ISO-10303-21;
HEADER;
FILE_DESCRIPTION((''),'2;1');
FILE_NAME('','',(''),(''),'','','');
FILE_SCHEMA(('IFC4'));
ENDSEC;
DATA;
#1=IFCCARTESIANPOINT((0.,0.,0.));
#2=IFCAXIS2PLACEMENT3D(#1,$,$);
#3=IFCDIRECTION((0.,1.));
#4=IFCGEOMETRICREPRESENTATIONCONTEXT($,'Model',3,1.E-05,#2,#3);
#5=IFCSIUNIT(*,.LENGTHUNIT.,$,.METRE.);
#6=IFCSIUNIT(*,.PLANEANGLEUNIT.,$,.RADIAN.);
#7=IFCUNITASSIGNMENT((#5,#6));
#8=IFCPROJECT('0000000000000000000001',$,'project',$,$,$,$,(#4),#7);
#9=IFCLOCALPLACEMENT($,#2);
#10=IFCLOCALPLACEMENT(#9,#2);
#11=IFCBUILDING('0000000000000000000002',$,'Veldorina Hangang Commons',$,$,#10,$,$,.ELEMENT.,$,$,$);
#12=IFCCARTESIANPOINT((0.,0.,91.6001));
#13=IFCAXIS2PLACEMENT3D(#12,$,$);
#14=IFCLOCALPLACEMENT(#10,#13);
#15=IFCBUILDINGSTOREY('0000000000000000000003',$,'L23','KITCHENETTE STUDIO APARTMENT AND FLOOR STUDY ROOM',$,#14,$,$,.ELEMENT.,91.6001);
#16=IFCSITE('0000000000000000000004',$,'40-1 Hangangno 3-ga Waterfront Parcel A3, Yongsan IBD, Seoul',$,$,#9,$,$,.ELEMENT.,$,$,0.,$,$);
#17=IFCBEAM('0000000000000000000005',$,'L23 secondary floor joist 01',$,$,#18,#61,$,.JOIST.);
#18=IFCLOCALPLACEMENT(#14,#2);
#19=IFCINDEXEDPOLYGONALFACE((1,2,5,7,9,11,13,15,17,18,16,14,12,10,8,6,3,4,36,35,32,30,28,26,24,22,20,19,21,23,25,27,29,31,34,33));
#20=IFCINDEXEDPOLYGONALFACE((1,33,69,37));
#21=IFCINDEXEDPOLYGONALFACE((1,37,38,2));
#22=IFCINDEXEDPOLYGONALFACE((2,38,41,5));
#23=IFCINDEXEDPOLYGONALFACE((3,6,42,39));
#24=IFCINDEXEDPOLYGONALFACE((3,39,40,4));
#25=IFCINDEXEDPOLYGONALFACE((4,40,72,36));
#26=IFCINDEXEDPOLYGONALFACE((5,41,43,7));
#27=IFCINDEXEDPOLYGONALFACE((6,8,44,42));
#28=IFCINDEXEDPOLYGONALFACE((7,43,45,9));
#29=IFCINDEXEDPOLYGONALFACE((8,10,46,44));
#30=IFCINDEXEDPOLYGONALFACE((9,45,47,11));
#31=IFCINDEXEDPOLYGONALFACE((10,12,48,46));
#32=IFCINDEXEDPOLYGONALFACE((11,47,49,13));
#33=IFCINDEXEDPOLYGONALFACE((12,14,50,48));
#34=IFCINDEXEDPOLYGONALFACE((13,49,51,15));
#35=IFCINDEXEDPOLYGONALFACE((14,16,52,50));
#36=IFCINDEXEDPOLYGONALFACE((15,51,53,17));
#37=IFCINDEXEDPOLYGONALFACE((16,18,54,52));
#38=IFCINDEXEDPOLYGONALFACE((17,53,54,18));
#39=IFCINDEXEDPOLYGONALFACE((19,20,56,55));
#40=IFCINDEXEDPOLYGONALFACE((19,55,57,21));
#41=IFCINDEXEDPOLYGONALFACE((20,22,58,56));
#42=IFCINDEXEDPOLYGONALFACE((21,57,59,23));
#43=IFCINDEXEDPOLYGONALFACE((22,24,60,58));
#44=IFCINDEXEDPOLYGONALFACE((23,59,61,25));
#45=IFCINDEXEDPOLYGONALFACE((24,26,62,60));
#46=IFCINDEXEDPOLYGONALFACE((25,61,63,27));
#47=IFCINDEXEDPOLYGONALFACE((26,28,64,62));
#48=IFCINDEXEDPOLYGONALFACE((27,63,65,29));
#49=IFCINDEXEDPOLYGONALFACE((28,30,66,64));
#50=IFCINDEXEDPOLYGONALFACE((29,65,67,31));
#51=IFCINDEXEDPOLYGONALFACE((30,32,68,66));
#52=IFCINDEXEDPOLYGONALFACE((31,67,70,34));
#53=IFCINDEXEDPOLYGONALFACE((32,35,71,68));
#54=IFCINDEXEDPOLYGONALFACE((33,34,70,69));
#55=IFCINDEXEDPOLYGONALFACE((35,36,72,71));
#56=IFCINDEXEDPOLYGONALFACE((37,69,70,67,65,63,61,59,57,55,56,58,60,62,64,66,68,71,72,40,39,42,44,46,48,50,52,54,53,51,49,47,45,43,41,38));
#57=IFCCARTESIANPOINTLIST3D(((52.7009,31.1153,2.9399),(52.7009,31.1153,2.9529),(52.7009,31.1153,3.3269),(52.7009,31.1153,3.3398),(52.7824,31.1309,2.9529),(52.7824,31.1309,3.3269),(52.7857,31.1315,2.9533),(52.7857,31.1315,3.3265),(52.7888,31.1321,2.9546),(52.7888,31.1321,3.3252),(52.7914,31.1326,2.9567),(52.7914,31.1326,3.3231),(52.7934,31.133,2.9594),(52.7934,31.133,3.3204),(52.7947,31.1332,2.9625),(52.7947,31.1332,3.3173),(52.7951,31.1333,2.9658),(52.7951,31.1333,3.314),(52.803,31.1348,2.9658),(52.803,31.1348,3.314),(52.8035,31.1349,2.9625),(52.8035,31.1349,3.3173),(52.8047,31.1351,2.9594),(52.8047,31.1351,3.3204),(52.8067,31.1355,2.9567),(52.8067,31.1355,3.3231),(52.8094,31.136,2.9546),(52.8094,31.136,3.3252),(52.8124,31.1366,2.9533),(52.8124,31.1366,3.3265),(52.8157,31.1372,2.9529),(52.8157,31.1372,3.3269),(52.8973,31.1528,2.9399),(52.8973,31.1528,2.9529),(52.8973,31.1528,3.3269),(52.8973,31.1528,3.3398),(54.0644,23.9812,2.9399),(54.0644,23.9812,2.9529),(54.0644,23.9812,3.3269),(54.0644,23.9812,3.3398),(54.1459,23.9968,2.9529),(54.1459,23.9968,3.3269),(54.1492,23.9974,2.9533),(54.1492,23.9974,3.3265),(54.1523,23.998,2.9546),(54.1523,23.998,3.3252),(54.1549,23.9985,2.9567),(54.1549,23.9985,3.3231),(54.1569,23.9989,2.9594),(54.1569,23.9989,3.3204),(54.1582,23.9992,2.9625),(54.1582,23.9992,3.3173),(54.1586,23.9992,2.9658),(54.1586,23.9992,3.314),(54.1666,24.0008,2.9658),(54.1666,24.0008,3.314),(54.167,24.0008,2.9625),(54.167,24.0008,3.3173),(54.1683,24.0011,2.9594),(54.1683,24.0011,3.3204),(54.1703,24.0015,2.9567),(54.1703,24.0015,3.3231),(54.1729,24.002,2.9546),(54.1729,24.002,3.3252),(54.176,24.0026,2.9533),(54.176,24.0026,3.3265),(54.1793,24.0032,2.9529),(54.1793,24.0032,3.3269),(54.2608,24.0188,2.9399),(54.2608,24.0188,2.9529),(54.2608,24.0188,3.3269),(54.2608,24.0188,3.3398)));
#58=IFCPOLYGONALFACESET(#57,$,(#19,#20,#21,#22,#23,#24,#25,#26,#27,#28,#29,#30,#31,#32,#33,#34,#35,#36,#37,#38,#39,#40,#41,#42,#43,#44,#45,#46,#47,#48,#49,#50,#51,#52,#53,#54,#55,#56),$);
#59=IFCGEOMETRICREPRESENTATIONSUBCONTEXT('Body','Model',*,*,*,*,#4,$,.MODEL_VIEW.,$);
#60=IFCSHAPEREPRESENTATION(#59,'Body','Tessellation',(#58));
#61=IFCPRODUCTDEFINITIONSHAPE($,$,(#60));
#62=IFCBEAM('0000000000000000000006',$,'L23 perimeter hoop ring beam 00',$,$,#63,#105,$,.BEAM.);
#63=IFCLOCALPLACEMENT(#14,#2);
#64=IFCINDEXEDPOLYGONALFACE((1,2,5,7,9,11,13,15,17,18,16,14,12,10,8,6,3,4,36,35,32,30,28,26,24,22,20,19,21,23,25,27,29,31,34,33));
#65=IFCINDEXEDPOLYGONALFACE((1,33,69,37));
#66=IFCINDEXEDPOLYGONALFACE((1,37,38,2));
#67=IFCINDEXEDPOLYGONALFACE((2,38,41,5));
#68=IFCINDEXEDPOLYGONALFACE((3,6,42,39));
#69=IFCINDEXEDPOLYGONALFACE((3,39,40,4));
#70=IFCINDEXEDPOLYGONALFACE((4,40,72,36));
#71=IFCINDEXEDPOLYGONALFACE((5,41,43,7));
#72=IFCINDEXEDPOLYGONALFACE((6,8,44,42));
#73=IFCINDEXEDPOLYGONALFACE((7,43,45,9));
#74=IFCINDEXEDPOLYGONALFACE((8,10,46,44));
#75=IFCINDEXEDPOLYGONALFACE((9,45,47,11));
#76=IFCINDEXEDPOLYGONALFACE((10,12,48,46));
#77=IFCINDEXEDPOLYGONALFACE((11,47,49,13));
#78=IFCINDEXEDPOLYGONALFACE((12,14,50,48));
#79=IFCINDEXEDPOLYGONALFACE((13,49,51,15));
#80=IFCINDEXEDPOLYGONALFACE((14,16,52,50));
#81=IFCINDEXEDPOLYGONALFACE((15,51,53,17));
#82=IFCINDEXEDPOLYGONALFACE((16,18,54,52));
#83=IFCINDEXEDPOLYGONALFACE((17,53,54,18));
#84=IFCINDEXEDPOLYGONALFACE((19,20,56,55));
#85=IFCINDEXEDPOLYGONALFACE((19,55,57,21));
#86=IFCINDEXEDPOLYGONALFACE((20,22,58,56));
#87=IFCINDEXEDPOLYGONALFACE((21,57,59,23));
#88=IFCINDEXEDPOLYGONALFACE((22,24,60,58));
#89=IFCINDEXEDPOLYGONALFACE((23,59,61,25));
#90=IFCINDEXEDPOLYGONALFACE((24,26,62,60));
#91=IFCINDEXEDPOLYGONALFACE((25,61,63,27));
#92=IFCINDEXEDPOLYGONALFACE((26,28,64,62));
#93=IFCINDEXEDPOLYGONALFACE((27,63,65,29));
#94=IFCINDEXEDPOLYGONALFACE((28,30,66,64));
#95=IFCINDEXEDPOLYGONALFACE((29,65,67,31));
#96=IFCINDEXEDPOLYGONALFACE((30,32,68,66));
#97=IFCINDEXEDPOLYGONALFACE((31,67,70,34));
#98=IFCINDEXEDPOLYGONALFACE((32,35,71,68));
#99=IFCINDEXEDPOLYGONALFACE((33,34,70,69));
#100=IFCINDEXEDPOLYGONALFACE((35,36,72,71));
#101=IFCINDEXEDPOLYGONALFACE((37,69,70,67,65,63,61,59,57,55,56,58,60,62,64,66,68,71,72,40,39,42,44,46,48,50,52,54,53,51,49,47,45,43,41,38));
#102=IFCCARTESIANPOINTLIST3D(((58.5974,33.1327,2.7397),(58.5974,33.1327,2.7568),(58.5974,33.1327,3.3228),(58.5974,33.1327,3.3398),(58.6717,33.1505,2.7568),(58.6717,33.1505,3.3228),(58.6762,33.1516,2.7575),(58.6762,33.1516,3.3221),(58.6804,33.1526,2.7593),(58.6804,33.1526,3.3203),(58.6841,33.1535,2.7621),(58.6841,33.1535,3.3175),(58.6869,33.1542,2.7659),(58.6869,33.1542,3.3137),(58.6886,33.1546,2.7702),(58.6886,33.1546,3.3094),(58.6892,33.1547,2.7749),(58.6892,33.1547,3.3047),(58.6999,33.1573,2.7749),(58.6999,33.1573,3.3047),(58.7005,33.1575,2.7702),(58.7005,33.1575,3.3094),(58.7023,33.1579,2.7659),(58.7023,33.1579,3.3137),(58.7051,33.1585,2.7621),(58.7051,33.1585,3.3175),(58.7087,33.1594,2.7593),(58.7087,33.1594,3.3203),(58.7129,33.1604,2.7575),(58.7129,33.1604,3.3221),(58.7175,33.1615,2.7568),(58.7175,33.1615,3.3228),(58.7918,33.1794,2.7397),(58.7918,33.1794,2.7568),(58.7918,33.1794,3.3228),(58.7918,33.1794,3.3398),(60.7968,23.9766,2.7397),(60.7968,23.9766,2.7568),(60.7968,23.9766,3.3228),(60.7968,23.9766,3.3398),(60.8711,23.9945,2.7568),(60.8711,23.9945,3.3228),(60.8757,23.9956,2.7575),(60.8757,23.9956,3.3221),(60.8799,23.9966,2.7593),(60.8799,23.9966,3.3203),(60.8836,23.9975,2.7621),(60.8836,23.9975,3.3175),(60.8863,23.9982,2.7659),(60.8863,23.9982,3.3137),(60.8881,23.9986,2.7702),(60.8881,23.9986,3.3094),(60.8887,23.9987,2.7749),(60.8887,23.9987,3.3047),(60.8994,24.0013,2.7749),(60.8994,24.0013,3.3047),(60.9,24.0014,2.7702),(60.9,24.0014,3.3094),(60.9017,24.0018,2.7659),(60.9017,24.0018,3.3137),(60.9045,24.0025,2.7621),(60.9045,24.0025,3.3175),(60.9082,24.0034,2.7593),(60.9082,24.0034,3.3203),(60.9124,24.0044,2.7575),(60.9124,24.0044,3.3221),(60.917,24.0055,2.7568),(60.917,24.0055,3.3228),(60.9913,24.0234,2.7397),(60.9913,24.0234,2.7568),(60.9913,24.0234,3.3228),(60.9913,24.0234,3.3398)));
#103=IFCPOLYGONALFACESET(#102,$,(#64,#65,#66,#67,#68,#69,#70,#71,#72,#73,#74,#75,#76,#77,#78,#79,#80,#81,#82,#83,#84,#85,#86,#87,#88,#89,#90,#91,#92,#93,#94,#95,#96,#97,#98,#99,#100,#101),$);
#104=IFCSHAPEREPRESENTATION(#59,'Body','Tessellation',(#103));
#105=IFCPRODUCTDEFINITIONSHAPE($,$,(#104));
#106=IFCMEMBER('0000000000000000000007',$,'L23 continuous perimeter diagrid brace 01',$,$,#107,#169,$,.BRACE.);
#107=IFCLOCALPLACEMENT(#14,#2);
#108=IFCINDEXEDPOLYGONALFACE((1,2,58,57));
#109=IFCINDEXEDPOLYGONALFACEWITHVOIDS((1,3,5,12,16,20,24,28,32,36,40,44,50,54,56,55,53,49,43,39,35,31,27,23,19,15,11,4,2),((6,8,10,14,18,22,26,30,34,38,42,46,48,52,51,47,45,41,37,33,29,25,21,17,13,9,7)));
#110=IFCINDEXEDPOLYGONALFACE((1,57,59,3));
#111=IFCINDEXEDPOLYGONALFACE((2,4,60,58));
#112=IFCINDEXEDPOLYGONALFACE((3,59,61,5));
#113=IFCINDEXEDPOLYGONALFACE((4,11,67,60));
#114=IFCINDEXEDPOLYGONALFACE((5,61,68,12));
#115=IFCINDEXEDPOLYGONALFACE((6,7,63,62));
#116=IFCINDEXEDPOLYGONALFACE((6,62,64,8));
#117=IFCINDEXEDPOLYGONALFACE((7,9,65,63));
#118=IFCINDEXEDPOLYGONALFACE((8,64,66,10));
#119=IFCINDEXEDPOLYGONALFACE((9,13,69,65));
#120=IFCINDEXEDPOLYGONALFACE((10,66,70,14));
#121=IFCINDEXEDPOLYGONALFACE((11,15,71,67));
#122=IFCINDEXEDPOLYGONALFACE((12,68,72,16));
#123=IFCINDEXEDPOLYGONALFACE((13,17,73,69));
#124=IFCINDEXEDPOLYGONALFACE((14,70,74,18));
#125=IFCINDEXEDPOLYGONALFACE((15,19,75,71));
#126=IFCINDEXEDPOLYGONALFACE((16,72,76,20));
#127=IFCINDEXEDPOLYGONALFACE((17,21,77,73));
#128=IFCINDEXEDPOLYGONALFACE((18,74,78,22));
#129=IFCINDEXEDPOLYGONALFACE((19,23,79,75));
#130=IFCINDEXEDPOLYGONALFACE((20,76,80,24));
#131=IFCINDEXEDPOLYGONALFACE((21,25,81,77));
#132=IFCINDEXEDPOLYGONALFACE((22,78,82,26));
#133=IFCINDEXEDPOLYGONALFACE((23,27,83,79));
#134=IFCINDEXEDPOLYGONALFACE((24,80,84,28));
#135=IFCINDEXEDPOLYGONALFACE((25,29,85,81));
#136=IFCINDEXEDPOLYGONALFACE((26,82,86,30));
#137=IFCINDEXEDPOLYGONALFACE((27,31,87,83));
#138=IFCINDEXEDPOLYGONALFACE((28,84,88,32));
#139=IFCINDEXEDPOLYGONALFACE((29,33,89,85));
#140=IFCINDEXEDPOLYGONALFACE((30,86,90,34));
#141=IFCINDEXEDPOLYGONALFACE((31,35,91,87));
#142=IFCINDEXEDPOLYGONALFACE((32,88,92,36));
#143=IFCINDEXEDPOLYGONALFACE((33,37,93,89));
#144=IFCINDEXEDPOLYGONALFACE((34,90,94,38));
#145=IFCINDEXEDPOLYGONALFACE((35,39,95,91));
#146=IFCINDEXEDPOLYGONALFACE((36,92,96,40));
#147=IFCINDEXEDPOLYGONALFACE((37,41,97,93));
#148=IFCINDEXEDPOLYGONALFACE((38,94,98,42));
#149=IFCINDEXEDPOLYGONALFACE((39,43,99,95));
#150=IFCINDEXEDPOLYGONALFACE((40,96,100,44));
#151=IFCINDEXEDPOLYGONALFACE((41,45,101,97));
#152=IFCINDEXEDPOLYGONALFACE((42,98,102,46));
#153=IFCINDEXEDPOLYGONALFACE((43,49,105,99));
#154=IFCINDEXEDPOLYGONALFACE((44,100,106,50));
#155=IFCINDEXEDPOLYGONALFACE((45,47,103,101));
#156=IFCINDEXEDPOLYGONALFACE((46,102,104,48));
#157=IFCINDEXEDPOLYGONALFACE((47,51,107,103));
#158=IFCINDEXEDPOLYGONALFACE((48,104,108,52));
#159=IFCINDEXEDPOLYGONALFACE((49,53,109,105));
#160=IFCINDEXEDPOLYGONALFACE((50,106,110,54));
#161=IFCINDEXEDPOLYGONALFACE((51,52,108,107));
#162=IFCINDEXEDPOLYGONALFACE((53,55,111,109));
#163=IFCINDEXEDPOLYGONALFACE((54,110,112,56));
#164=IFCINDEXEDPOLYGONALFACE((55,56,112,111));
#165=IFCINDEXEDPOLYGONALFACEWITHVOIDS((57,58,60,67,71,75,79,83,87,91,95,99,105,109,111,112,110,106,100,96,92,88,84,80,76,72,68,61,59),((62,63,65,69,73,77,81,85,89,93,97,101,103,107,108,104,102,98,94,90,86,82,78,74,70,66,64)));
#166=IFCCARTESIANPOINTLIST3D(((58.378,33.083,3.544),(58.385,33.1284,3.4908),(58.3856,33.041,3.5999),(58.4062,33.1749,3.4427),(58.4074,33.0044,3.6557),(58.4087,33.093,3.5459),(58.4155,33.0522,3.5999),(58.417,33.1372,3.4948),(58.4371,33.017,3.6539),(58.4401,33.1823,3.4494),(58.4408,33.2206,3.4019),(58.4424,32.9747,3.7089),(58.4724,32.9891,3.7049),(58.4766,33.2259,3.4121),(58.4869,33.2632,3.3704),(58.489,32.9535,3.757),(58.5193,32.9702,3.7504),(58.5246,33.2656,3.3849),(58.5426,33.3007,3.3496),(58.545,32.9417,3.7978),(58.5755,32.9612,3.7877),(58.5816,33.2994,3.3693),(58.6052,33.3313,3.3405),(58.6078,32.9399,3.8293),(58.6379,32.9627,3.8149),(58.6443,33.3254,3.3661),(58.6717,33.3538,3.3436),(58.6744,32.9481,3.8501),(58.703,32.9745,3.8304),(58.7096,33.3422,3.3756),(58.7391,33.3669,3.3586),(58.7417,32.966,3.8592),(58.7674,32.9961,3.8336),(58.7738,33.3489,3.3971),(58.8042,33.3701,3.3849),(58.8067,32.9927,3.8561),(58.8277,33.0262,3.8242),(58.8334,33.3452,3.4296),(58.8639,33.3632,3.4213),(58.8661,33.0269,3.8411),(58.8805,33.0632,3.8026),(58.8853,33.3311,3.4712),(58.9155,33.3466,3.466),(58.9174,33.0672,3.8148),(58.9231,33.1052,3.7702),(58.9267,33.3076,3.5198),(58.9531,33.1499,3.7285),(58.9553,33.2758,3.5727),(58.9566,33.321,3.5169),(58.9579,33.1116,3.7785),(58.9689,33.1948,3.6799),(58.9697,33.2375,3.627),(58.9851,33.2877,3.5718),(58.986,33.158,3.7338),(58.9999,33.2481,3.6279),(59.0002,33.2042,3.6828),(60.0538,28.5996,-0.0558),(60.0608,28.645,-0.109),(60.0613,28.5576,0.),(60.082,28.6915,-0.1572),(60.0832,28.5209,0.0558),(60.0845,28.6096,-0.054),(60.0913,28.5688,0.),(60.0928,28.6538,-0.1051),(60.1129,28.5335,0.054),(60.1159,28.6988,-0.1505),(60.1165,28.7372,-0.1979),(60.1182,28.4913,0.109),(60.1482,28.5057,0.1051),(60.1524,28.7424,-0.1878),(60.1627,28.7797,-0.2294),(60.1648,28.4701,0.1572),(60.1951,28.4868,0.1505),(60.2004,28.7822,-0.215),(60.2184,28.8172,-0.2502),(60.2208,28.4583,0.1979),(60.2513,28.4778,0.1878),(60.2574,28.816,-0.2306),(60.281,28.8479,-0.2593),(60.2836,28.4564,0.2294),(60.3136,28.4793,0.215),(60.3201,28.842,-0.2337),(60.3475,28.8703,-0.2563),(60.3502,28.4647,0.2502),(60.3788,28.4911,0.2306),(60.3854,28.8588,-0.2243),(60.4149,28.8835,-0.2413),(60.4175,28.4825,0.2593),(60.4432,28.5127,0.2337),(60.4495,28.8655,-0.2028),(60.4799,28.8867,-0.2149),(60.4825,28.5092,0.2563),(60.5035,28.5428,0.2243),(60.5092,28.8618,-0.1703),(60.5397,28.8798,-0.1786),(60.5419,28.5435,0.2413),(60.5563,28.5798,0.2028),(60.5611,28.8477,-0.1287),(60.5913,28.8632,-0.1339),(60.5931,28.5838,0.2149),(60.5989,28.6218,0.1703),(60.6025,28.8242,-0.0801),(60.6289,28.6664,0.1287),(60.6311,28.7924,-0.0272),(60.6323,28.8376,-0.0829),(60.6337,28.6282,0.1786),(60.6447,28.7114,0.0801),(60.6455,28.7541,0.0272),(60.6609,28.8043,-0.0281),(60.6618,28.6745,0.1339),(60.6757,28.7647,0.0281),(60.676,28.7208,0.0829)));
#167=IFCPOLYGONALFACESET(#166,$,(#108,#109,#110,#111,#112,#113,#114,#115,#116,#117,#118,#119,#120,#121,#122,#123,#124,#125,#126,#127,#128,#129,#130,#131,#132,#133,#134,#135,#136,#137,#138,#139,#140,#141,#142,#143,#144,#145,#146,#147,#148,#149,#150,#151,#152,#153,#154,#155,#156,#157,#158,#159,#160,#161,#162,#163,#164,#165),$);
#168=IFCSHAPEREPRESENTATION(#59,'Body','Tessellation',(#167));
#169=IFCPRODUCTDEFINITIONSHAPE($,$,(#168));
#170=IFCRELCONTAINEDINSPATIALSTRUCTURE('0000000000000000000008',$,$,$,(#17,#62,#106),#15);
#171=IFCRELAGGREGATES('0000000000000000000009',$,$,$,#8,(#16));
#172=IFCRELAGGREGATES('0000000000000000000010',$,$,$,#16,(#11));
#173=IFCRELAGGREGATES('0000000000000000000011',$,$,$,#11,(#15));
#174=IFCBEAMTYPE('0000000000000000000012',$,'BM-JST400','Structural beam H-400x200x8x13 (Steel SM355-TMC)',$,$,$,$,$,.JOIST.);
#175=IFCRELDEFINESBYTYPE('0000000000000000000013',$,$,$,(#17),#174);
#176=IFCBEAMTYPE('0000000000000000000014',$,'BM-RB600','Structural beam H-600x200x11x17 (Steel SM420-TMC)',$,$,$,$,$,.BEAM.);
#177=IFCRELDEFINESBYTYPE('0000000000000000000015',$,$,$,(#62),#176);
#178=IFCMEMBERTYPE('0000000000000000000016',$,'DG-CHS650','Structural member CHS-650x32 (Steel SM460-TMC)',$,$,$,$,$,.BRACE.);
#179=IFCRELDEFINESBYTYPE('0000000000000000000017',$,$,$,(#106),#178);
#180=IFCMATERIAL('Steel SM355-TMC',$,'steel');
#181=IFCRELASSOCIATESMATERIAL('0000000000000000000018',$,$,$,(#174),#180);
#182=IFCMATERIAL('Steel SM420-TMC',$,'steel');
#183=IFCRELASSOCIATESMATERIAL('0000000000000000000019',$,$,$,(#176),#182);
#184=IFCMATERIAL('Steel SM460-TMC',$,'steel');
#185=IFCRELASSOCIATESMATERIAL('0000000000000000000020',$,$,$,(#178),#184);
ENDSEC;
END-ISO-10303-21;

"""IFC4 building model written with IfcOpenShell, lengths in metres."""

from ifc_helpers import new_model, si_unit, direction, frame, origin, origin_2d, place, context, subcontext, project, spatial, hollow_circle, i_section, extrude, material, material_profile, profile_set, type_object, element, save


model = new_model("IFC4")

# Units and contexts
model_context = context("Model", 3, precision=1e-05, world=origin(), true_north=direction((0.0, 1.0)))
body_context = subcontext(model_context, "Body", "Model", "MODEL_VIEW")
ifc_project = project(units=[si_unit("LENGTHUNIT", "METRE"), si_unit("PLANEANGLEUNIT", "RADIAN")], contexts=[model_context])

# Site, building, storey
site_placement = place(None, origin())
site = spatial("IfcSite", under=ifc_project, at=site_placement, Name="40-1 Hangangno 3-ga Waterfront Parcel A3, Yongsan IBD, Seoul", CompositionType="ELEMENT", RefElevation=0.0)
building_placement = place(site_placement, origin())
building = spatial("IfcBuilding", under=site, at=building_placement, Name="Veldorina Hangang Commons", CompositionType="ELEMENT")
storey_placement = place(building_placement, frame((0.0, 0.0, 91.6001)))
storey = spatial("IfcBuildingStorey", under=building, at=storey_placement, Name="L23", Description="KITCHENETTE STUDIO APARTMENT AND FLOOR STUDY ROOM", CompositionType="ELEMENT", Elevation=91.6001)

# Beams
ifc_material_1 = material(Name="Steel SM355-TMC", Category="steel")
ifc_material_profile_1 = material_profile(ifc_material_1, i_section(OverallWidth=0.2, OverallDepth=0.3999, WebThickness=0.0081, FlangeThickness=0.0129, FilletRadius=0.0129, at=origin_2d()), Name="H-400x200x8x13")
ifc_profile_set_1 = profile_set([ifc_material_profile_1], Name="Steel SM355-TMC")
beam_type_1 = type_object("IfcBeamType", Name="BM-JST400", Description="Structural beam H-400x200x8x13 (Steel SM355-TMC)", PredefinedType="JOIST", material=ifc_profile_set_1)
beam_1_placement = place(storey_placement, frame((54.1626, 24.0, 3.1399), z_axis=(-0.187731, 0.98222, 0.0), x_axis=(-0.98222, -0.187731, 0.0)))
element("IfcBeam", 1, at=beam_1_placement, inside=storey, type_object=beam_type_1, Name="L23 secondary floor joist 01", PredefinedType="JOIST", context=body_context, shape_type="SweptSolid", body=[
    extrude(i_section(OverallWidth=0.2, OverallDepth=0.3999, WebThickness=0.0081, FlangeThickness=0.0129, FilletRadius=0.0129, at=origin_2d()), origin(), (0.0, 0.0, 1.0), 7.2632),
])
ifc_material_2 = material(Name="Steel SM420-TMC", Category="steel")
ifc_material_profile_2 = material_profile(ifc_material_2, i_section(OverallWidth=0.2, OverallDepth=0.6001, WebThickness=0.011, FlangeThickness=0.0171, FilletRadius=0.0181, at=origin_2d()), Name="H-600x200x11x17")
ifc_profile_set_2 = profile_set([ifc_material_profile_2], Name="Steel SM420-TMC")
beam_type_2 = type_object("IfcBeamType", Name="BM-RB600", Description="Structural beam H-600x200x11x17 (Steel SM420-TMC)", PredefinedType="BEAM", material=ifc_profile_set_2)
beam_2_placement = place(storey_placement, frame((60.894, 24.0, 3.0398), z_axis=(-0.233576, 0.972339, 0.0), x_axis=(-0.972339, -0.233576, 0.0)))
element("IfcBeam", 2, at=beam_2_placement, inside=storey, type_object=beam_type_2, Name="L23 perimeter hoop ring beam 00", PredefinedType="BEAM", context=body_context, shape_type="SweptSolid", body=[
    extrude(i_section(OverallWidth=0.2, OverallDepth=0.6001, WebThickness=0.011, FlangeThickness=0.0171, FilletRadius=0.0181, at=origin_2d()), origin(), (0.0, 0.0, 1.0), 9.4165),
])

# Member
ifc_material_3 = material(Name="Steel SM460-TMC", Category="steel")
ifc_material_profile_3 = material_profile(ifc_material_3, hollow_circle(Radius=0.325, WallThickness=0.032, at=origin_2d()), Name="CHS-650x32")
ifc_profile_set_3 = profile_set([ifc_material_profile_3], Name="Steel SM460-TMC")
member_type = type_object("IfcMemberType", Name="DG-CHS650", Description="Structural member CHS-650x32 (Steel SM460-TMC)", PredefinedType="BRACE", material=ifc_profile_set_3)
member_1_placement = place(storey_placement, frame((60.3657, 28.6714, 0.0), z_axis=(-0.27981, 0.748606, 0.601078), x_axis=(-0.936706, -0.350117, 0.0)))
element("IfcMember", 3, at=member_1_placement, inside=storey, type_object=member_type, Name="L23 continuous perimeter diagrid brace 01", PredefinedType="BRACE", context=body_context, shape_type="SweptSolid", body=[
    extrude(hollow_circle(Radius=0.325, WallThickness=0.032, at=origin_2d()), origin(), (0.0, 0.0, 1.0), 5.989),
])

save(model, "model.ifc")
